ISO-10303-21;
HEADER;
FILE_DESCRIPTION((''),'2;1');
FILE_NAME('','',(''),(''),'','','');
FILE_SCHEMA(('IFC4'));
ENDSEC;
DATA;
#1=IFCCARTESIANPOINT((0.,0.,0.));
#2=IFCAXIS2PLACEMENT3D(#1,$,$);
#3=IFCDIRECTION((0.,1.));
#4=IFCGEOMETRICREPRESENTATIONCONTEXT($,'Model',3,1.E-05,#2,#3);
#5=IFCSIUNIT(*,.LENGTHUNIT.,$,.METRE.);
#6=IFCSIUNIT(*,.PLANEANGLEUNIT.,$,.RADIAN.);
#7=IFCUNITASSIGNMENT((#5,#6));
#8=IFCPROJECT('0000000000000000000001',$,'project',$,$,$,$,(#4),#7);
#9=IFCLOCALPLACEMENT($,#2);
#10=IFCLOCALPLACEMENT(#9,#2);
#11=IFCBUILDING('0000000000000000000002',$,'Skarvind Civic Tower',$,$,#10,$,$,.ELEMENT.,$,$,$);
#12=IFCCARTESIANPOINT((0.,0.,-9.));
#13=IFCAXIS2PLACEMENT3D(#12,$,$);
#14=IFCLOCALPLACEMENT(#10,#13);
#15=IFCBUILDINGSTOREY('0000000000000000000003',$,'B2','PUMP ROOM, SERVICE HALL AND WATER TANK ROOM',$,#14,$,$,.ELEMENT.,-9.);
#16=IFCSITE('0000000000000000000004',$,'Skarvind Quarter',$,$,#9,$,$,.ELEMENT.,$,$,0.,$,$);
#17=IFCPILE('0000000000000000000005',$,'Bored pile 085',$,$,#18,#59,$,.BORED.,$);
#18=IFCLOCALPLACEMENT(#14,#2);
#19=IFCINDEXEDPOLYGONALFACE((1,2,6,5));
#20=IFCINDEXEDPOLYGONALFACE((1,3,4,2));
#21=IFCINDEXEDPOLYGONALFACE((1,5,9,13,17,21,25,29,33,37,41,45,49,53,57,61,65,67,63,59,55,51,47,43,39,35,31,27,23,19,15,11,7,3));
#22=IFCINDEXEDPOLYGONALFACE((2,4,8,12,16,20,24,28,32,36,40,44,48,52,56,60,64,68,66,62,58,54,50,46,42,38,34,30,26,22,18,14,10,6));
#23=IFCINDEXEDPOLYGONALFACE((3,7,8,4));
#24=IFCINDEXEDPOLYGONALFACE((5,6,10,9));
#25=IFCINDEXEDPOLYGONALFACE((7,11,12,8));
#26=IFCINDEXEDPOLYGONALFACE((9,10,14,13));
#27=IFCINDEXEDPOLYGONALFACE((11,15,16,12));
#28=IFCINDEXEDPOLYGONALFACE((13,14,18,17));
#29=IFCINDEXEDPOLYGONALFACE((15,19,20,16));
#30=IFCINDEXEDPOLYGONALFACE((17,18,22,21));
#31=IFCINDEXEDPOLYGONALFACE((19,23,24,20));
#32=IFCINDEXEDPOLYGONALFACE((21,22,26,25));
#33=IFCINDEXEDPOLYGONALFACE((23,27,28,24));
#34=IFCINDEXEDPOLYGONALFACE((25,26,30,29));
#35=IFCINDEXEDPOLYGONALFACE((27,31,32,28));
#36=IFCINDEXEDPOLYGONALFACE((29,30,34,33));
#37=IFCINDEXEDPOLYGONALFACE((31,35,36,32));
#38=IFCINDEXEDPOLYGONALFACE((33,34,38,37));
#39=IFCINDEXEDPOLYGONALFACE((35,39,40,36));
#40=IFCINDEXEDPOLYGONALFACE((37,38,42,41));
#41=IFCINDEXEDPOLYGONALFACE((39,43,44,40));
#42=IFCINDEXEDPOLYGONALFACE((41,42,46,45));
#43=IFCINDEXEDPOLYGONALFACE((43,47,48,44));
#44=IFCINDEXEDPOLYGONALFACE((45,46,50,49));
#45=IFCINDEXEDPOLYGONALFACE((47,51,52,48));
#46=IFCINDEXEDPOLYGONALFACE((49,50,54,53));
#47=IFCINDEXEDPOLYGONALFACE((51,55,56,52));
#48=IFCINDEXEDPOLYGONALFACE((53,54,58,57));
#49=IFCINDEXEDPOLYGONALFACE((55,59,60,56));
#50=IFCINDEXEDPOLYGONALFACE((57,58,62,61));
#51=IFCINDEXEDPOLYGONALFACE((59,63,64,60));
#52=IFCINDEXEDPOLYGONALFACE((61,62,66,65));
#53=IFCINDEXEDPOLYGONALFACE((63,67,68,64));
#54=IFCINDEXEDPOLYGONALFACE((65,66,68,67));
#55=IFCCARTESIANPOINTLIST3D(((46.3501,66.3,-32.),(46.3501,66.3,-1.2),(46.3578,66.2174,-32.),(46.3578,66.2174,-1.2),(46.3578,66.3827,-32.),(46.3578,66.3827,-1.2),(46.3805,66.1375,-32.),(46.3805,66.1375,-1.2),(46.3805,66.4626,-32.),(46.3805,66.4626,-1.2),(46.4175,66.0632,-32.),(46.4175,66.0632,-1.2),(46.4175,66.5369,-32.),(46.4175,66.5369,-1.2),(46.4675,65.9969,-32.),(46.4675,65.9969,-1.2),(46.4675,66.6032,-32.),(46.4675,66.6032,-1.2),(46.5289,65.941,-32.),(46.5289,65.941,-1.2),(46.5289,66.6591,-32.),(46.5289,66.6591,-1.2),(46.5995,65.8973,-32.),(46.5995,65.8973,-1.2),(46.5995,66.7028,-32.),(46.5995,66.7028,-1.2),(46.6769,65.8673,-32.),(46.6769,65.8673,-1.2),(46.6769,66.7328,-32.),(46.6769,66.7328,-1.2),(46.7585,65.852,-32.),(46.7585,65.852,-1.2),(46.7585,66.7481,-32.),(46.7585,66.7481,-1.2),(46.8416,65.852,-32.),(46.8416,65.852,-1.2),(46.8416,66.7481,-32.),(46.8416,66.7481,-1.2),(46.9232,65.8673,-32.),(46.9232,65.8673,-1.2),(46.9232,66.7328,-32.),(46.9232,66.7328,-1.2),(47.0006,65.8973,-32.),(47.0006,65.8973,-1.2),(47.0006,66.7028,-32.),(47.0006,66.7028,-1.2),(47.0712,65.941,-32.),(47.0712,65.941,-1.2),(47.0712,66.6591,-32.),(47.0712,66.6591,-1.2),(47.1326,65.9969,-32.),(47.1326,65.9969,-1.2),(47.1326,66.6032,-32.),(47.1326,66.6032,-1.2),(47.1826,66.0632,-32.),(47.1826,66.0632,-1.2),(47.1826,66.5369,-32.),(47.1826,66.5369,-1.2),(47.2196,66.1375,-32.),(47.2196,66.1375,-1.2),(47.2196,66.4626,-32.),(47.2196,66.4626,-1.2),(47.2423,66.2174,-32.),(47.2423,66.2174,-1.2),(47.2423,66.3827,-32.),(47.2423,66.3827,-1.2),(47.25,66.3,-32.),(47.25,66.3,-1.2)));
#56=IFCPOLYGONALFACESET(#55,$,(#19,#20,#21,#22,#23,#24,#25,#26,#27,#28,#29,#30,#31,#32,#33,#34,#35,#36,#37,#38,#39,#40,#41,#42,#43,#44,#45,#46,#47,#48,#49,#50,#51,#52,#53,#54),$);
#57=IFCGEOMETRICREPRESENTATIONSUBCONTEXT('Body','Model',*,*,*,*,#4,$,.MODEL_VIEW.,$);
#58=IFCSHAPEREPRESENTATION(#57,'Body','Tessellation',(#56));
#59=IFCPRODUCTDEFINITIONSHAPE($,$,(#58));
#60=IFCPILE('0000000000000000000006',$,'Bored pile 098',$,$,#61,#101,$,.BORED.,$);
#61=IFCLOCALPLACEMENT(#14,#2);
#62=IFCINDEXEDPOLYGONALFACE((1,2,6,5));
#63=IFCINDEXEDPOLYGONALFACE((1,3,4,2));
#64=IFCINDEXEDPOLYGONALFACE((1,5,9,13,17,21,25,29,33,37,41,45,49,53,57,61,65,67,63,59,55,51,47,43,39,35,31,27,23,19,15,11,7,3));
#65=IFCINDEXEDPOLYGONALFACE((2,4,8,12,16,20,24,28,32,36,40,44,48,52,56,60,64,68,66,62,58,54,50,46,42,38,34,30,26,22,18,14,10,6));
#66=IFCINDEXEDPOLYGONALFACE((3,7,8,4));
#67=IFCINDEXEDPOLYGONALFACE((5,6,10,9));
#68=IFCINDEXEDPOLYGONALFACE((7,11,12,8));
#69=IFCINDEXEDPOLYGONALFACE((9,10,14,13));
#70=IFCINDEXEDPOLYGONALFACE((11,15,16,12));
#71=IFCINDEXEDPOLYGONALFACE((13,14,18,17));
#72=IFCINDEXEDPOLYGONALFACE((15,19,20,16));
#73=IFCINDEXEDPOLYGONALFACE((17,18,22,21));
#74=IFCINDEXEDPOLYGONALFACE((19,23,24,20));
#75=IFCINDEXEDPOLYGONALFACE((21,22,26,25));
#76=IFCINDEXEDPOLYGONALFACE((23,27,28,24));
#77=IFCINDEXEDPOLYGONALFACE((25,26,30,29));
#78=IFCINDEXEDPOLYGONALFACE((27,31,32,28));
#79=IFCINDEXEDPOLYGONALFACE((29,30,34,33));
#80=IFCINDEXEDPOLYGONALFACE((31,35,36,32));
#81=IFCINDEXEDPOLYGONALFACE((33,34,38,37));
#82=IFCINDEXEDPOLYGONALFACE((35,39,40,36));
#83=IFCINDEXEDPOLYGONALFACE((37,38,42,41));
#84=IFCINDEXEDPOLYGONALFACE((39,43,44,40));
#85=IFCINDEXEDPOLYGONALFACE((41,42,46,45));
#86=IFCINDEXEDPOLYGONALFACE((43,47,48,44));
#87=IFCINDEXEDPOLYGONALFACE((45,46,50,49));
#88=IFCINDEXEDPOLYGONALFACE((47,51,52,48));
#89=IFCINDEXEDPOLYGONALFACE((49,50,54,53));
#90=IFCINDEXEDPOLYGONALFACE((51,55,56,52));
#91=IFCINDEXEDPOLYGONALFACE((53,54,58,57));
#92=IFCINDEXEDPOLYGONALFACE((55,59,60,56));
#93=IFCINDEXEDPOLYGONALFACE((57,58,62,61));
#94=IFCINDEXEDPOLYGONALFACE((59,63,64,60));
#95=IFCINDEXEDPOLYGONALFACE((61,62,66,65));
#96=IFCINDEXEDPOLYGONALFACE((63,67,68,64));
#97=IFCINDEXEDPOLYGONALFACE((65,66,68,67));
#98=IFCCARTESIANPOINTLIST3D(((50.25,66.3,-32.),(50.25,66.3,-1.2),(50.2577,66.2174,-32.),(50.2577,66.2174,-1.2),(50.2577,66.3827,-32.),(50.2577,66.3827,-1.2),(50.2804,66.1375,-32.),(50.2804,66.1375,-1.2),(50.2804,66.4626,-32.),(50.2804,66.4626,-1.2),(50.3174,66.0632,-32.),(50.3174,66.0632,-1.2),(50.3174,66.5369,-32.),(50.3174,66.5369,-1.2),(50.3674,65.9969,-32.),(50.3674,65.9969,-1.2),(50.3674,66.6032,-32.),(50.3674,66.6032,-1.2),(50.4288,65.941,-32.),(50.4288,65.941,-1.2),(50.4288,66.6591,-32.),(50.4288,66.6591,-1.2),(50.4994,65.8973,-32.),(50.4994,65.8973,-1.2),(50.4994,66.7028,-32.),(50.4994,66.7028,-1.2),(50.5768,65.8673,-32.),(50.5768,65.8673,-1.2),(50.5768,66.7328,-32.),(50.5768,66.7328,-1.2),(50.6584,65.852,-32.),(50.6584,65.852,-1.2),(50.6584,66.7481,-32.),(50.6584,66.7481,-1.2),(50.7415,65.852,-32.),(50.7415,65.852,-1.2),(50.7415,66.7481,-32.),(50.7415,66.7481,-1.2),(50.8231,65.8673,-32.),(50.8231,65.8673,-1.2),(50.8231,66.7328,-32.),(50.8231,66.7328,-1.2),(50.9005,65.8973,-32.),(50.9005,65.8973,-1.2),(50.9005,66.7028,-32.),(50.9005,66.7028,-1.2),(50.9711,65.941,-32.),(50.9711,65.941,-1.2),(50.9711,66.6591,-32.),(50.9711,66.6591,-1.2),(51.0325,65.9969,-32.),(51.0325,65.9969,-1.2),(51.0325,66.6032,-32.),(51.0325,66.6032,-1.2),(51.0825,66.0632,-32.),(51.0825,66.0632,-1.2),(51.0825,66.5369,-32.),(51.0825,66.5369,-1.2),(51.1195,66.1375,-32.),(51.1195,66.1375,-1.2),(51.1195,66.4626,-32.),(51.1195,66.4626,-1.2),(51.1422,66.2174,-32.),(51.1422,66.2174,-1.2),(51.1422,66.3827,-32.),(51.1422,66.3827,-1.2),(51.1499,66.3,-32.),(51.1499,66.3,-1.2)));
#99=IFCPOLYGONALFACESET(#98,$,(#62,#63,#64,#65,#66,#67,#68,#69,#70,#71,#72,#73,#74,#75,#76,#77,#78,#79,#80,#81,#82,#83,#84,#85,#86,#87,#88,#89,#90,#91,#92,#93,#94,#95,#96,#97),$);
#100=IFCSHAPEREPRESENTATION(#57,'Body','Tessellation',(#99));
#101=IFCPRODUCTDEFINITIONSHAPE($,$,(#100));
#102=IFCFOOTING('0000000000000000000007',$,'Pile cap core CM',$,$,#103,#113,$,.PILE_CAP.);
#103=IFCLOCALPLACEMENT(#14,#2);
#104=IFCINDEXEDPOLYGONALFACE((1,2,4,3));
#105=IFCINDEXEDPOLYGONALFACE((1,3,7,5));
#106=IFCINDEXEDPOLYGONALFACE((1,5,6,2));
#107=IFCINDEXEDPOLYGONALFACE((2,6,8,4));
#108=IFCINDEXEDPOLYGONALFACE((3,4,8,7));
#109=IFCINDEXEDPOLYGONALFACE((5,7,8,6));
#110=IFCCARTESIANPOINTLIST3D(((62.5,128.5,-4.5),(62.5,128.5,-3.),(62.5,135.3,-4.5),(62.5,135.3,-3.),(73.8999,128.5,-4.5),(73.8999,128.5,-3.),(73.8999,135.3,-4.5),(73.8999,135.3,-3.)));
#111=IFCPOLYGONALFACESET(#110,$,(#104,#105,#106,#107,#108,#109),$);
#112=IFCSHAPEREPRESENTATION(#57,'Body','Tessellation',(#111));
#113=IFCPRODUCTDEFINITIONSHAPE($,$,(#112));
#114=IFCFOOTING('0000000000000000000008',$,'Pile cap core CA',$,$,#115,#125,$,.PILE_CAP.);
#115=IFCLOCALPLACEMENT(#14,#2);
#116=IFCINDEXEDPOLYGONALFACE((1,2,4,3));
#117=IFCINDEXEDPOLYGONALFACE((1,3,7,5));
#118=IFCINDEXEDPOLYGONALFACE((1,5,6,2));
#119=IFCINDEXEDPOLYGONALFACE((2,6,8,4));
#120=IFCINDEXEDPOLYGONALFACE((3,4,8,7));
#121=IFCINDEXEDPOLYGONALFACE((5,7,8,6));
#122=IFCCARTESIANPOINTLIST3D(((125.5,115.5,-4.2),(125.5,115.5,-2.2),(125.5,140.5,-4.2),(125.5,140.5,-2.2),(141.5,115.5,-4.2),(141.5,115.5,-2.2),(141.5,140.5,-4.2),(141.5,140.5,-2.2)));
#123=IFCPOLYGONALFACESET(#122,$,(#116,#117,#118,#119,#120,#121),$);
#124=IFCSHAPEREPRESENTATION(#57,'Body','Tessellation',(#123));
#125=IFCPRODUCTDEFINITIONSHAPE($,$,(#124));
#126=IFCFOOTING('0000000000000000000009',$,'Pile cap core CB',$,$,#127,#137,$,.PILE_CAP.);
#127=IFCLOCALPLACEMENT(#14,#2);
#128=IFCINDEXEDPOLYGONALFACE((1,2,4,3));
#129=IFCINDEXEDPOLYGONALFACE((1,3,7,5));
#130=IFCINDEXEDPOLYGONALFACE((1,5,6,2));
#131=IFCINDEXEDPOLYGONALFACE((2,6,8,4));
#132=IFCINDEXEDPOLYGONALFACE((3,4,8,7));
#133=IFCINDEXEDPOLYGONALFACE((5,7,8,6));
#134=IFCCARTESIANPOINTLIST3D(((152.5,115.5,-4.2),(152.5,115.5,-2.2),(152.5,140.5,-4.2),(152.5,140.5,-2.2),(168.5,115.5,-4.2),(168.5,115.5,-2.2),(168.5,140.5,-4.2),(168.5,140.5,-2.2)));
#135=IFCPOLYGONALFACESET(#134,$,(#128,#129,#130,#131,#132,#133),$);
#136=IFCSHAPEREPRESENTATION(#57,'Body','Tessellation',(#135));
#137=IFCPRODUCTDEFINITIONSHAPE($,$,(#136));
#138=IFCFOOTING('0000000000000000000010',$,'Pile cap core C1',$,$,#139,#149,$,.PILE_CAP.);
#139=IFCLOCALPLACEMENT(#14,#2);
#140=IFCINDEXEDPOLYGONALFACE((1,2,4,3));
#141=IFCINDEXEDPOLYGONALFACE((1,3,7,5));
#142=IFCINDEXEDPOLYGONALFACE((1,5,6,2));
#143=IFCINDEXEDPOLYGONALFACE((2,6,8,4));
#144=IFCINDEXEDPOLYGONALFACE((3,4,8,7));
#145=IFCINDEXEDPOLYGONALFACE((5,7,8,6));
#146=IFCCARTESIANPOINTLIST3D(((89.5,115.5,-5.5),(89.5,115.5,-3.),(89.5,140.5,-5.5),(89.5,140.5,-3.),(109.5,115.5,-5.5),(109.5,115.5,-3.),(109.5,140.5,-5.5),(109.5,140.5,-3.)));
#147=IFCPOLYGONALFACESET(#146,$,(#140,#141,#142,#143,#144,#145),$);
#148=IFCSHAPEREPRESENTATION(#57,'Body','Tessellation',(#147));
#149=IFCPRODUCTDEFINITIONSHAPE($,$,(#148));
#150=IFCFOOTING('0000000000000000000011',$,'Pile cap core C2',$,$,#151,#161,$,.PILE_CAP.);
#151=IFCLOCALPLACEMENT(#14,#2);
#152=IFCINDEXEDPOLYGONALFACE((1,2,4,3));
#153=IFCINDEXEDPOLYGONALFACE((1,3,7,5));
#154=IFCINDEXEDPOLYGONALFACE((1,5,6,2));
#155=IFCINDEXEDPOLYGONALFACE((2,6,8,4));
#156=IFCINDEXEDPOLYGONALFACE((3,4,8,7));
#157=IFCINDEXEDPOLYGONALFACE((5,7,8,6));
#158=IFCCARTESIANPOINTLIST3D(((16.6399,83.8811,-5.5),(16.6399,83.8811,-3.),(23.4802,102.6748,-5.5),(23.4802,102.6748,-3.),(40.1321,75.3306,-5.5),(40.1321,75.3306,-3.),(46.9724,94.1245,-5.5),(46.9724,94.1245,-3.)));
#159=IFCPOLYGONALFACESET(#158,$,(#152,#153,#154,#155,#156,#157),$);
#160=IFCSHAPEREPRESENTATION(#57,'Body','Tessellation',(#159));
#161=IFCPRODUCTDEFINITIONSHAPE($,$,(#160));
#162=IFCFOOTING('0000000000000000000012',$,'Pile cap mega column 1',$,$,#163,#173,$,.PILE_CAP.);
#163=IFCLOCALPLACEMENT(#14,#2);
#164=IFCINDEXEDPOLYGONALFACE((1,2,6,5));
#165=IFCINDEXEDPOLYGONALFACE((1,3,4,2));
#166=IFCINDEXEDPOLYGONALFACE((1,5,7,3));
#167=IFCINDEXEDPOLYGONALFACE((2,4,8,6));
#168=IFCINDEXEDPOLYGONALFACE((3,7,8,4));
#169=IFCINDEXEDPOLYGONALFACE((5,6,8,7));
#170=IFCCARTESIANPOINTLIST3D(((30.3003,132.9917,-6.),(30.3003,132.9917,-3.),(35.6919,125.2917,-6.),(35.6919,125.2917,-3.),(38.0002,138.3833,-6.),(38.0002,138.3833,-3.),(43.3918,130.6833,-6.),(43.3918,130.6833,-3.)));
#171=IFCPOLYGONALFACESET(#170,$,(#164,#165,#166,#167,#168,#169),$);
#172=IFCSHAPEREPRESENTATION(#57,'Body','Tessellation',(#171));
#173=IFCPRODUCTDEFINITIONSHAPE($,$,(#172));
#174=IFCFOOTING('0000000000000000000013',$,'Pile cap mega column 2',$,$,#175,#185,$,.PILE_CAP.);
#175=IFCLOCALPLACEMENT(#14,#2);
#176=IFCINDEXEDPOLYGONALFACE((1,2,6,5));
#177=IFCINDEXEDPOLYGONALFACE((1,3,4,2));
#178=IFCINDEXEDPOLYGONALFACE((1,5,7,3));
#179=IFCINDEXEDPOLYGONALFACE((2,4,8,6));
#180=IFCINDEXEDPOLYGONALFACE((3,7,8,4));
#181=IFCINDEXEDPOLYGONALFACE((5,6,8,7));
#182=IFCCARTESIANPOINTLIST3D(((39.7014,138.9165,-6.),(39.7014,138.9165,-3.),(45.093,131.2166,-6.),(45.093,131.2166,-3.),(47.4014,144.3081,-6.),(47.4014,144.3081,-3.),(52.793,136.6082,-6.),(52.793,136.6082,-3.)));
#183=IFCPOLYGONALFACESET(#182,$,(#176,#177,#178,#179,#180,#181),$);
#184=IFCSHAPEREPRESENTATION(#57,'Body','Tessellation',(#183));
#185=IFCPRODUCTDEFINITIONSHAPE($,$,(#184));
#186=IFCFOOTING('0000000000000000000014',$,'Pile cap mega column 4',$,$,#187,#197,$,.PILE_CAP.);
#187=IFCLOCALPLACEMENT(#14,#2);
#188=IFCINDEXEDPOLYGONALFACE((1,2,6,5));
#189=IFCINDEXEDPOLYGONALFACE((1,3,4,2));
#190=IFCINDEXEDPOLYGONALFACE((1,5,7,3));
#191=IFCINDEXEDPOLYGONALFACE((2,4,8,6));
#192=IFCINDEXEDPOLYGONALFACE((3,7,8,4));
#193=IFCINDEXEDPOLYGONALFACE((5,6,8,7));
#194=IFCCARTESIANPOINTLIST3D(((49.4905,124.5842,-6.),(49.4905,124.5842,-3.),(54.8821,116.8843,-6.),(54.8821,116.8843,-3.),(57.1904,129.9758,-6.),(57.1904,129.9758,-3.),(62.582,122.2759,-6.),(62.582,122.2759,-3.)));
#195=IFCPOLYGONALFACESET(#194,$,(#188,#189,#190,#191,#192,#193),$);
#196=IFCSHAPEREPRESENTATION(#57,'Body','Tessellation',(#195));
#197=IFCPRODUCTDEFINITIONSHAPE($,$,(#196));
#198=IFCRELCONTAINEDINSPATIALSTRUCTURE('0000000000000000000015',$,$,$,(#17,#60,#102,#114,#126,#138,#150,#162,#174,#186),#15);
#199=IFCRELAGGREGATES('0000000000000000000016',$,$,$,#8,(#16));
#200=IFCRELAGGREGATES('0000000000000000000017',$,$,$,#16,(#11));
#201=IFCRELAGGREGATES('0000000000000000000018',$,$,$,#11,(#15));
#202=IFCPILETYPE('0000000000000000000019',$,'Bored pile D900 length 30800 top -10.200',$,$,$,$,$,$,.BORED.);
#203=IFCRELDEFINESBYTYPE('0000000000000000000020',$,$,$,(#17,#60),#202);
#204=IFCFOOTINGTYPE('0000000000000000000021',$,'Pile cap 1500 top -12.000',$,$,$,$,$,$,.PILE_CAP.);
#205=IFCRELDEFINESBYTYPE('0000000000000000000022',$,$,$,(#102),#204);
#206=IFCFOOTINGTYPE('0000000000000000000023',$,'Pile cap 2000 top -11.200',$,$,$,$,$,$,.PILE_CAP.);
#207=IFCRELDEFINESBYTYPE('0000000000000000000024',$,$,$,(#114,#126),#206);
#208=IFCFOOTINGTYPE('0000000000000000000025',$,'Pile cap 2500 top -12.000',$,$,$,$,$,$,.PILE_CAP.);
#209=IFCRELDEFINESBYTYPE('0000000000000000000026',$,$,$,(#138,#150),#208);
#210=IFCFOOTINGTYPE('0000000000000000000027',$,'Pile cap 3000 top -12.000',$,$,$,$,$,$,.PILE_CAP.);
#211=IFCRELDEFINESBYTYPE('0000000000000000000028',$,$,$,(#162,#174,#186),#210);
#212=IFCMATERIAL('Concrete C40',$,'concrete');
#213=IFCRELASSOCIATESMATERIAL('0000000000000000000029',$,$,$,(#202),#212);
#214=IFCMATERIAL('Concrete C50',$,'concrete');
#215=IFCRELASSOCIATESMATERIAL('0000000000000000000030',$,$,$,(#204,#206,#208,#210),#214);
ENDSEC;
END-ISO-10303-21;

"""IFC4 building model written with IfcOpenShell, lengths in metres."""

from ifc_helpers import new_model, si_unit, direction, frame, origin, origin_2d, place, context, subcontext, project, spatial, polyline, circle, outline, extrude, material, type_object, element, save


model = new_model("IFC4")

# Units and contexts
model_context = context("Model", 3, precision=1e-05, world=origin(), true_north=direction((0.0, 1.0)))
body_context = subcontext(model_context, "Body", "Model", "MODEL_VIEW")
ifc_project = project(units=[si_unit("LENGTHUNIT", "METRE"), si_unit("PLANEANGLEUNIT", "RADIAN")], contexts=[model_context])

# Site, building, storey
site_placement = place(None, origin())
site = spatial("IfcSite", under=ifc_project, at=site_placement, Name="Skarvind Quarter", CompositionType="ELEMENT", RefElevation=0.0)
building_placement = place(site_placement, origin())
building = spatial("IfcBuilding", under=site, at=building_placement, Name="Skarvind Civic Tower", CompositionType="ELEMENT")
storey_placement = place(building_placement, frame((0.0, 0.0, -9.0)))
storey = spatial("IfcBuildingStorey", under=building, at=storey_placement, Name="B2", Description="PUMP ROOM, SERVICE HALL AND WATER TANK ROOM", CompositionType="ELEMENT", Elevation=-9.0)

# Piles
ifc_material_1 = material(Name="Concrete C40", Category="concrete")
pile_type = type_object("IfcPileType", Name="Bored pile D900 length 30800 top -10.200", PredefinedType="BORED", material=ifc_material_1)
for number, where, z_axis, x_axis, name in (
    (1, (46.8, 66.3, -1.2), (0.0, 0.0, -1.0), (1.0, 0.0, 0.0), "Bored pile 085"),
    (2, (50.7, 66.3, -1.2), (0.0, 0.0, -1.0), (1.0, 0.0, 0.0), "Bored pile 098"),
):
    element("IfcPile", number, at=place(storey_placement, frame(where, z_axis=z_axis, x_axis=x_axis)), inside=storey, type_object=pile_type, Name=name, PredefinedType="BORED", context=body_context, shape_type="SweptSolid", body=[
        extrude(circle(Radius=0.45, at=origin_2d()), origin(), (0.0, 0.0, 1.0), 30.8),
    ])

# Footings
ifc_material_2 = material(Name="Concrete C50", Category="concrete")
footing_type_1 = type_object("IfcFootingType", Name="Pile cap 1500 top -12.000", PredefinedType="PILE_CAP", material=ifc_material_2)
footing_1_placement = place(storey_placement, frame((0.0, 0.0, -4.5)))
element("IfcFooting", 3, at=footing_1_placement, inside=storey, type_object=footing_type_1, Name="Pile cap core CM", PredefinedType="PILE_CAP", context=body_context, shape_type="SweptSolid", body=[
    extrude(outline(polyline([(73.8999, 128.5), (73.8999, 135.3), (62.5, 135.3), (62.5, 128.5), (73.8999, 128.5)])), origin(), (0.0, 0.0, 1.0), 1.5),
])
footing_type_2 = type_object("IfcFootingType", Name="Pile cap 2000 top -11.200", PredefinedType="PILE_CAP", material=ifc_material_2)
footing_2_placement = place(storey_placement, frame((0.0, 0.0, -4.2)))
element("IfcFooting", 4, at=footing_2_placement, inside=storey, type_object=footing_type_2, Name="Pile cap core CA", PredefinedType="PILE_CAP", context=body_context, shape_type="SweptSolid", body=[
    extrude(outline(polyline([(141.5, 115.5), (141.5, 140.5), (125.5, 140.5), (125.5, 115.5), (141.5, 115.5)])), origin(), (0.0, 0.0, 1.0), 2.0),
])
footing_3_placement = place(storey_placement, frame((0.0, 0.0, -4.2)))
element("IfcFooting", 5, at=footing_3_placement, inside=storey, type_object=footing_type_2, Name="Pile cap core CB", PredefinedType="PILE_CAP", context=body_context, shape_type="SweptSolid", body=[
    extrude(outline(polyline([(152.5, 140.5), (152.5, 115.5), (168.5, 115.5), (168.5, 140.5), (152.5, 140.5)])), origin(), (0.0, 0.0, 1.0), 2.0),
])
footing_type_3 = type_object("IfcFootingType", Name="Pile cap 2500 top -12.000", PredefinedType="PILE_CAP", material=ifc_material_2)
footing_4_placement = place(storey_placement, frame((0.0, 0.0, -5.5)))
element("IfcFooting", 6, at=footing_4_placement, inside=storey, type_object=footing_type_3, Name="Pile cap core C1", PredefinedType="PILE_CAP", context=body_context, shape_type="SweptSolid", body=[
    extrude(outline(polyline([(89.5, 140.5), (89.5, 115.5), (109.5, 115.5), (109.5, 140.5), (89.5, 140.5)])), origin(), (0.0, 0.0, 1.0), 2.5),
])
footing_5_placement = place(storey_placement, frame((0.0, 0.0, -5.5)))
element("IfcFooting", 7, at=footing_5_placement, inside=storey, type_object=footing_type_3, Name="Pile cap core C2", PredefinedType="PILE_CAP", context=body_context, shape_type="SweptSolid", body=[
    extrude(outline(polyline([(46.9724, 94.1245), (23.4802, 102.6748), (16.6399, 83.8811), (40.1321, 75.3306), (46.9724, 94.1245)])), origin(), (0.0, 0.0, 1.0), 2.5),
])
footing_type_4 = type_object("IfcFootingType", Name="Pile cap 3000 top -12.000", PredefinedType="PILE_CAP", material=ifc_material_2)
footing_6_placement = place(storey_placement, frame((0.0, 0.0, -6.0)))
element("IfcFooting", 8, at=footing_6_placement, inside=storey, type_object=footing_type_4, Name="Pile cap mega column 1", PredefinedType="PILE_CAP", context=body_context, shape_type="SweptSolid", body=[
    extrude(outline(polyline([(35.6919, 125.2917), (43.3918, 130.6833), (38.0002, 138.3833), (30.3003, 132.9917), (35.6919, 125.2917)])), origin(), (0.0, 0.0, 1.0), 3.0),
])
footing_7_placement = place(storey_placement, frame((0.0, 0.0, -6.0)))
element("IfcFooting", 9, at=footing_7_placement, inside=storey, type_object=footing_type_4, Name="Pile cap mega column 2", PredefinedType="PILE_CAP", context=body_context, shape_type="SweptSolid", body=[
    extrude(outline(polyline([(45.093, 131.2166), (52.793, 136.6082), (47.4014, 144.3081), (39.7014, 138.9165), (45.093, 131.2166)])), origin(), (0.0, 0.0, 1.0), 3.0),
])
footing_8_placement = place(storey_placement, frame((0.0, 0.0, -6.0)))
element("IfcFooting", 10, at=footing_8_placement, inside=storey, type_object=footing_type_4, Name="Pile cap mega column 4", PredefinedType="PILE_CAP", context=body_context, shape_type="SweptSolid", body=[
    extrude(outline(polyline([(54.8821, 116.8843), (62.582, 122.2759), (57.1904, 129.9758), (49.4905, 124.5842), (54.8821, 116.8843)])), origin(), (0.0, 0.0, 1.0), 3.0),
])

save(model, "model.ifc")
